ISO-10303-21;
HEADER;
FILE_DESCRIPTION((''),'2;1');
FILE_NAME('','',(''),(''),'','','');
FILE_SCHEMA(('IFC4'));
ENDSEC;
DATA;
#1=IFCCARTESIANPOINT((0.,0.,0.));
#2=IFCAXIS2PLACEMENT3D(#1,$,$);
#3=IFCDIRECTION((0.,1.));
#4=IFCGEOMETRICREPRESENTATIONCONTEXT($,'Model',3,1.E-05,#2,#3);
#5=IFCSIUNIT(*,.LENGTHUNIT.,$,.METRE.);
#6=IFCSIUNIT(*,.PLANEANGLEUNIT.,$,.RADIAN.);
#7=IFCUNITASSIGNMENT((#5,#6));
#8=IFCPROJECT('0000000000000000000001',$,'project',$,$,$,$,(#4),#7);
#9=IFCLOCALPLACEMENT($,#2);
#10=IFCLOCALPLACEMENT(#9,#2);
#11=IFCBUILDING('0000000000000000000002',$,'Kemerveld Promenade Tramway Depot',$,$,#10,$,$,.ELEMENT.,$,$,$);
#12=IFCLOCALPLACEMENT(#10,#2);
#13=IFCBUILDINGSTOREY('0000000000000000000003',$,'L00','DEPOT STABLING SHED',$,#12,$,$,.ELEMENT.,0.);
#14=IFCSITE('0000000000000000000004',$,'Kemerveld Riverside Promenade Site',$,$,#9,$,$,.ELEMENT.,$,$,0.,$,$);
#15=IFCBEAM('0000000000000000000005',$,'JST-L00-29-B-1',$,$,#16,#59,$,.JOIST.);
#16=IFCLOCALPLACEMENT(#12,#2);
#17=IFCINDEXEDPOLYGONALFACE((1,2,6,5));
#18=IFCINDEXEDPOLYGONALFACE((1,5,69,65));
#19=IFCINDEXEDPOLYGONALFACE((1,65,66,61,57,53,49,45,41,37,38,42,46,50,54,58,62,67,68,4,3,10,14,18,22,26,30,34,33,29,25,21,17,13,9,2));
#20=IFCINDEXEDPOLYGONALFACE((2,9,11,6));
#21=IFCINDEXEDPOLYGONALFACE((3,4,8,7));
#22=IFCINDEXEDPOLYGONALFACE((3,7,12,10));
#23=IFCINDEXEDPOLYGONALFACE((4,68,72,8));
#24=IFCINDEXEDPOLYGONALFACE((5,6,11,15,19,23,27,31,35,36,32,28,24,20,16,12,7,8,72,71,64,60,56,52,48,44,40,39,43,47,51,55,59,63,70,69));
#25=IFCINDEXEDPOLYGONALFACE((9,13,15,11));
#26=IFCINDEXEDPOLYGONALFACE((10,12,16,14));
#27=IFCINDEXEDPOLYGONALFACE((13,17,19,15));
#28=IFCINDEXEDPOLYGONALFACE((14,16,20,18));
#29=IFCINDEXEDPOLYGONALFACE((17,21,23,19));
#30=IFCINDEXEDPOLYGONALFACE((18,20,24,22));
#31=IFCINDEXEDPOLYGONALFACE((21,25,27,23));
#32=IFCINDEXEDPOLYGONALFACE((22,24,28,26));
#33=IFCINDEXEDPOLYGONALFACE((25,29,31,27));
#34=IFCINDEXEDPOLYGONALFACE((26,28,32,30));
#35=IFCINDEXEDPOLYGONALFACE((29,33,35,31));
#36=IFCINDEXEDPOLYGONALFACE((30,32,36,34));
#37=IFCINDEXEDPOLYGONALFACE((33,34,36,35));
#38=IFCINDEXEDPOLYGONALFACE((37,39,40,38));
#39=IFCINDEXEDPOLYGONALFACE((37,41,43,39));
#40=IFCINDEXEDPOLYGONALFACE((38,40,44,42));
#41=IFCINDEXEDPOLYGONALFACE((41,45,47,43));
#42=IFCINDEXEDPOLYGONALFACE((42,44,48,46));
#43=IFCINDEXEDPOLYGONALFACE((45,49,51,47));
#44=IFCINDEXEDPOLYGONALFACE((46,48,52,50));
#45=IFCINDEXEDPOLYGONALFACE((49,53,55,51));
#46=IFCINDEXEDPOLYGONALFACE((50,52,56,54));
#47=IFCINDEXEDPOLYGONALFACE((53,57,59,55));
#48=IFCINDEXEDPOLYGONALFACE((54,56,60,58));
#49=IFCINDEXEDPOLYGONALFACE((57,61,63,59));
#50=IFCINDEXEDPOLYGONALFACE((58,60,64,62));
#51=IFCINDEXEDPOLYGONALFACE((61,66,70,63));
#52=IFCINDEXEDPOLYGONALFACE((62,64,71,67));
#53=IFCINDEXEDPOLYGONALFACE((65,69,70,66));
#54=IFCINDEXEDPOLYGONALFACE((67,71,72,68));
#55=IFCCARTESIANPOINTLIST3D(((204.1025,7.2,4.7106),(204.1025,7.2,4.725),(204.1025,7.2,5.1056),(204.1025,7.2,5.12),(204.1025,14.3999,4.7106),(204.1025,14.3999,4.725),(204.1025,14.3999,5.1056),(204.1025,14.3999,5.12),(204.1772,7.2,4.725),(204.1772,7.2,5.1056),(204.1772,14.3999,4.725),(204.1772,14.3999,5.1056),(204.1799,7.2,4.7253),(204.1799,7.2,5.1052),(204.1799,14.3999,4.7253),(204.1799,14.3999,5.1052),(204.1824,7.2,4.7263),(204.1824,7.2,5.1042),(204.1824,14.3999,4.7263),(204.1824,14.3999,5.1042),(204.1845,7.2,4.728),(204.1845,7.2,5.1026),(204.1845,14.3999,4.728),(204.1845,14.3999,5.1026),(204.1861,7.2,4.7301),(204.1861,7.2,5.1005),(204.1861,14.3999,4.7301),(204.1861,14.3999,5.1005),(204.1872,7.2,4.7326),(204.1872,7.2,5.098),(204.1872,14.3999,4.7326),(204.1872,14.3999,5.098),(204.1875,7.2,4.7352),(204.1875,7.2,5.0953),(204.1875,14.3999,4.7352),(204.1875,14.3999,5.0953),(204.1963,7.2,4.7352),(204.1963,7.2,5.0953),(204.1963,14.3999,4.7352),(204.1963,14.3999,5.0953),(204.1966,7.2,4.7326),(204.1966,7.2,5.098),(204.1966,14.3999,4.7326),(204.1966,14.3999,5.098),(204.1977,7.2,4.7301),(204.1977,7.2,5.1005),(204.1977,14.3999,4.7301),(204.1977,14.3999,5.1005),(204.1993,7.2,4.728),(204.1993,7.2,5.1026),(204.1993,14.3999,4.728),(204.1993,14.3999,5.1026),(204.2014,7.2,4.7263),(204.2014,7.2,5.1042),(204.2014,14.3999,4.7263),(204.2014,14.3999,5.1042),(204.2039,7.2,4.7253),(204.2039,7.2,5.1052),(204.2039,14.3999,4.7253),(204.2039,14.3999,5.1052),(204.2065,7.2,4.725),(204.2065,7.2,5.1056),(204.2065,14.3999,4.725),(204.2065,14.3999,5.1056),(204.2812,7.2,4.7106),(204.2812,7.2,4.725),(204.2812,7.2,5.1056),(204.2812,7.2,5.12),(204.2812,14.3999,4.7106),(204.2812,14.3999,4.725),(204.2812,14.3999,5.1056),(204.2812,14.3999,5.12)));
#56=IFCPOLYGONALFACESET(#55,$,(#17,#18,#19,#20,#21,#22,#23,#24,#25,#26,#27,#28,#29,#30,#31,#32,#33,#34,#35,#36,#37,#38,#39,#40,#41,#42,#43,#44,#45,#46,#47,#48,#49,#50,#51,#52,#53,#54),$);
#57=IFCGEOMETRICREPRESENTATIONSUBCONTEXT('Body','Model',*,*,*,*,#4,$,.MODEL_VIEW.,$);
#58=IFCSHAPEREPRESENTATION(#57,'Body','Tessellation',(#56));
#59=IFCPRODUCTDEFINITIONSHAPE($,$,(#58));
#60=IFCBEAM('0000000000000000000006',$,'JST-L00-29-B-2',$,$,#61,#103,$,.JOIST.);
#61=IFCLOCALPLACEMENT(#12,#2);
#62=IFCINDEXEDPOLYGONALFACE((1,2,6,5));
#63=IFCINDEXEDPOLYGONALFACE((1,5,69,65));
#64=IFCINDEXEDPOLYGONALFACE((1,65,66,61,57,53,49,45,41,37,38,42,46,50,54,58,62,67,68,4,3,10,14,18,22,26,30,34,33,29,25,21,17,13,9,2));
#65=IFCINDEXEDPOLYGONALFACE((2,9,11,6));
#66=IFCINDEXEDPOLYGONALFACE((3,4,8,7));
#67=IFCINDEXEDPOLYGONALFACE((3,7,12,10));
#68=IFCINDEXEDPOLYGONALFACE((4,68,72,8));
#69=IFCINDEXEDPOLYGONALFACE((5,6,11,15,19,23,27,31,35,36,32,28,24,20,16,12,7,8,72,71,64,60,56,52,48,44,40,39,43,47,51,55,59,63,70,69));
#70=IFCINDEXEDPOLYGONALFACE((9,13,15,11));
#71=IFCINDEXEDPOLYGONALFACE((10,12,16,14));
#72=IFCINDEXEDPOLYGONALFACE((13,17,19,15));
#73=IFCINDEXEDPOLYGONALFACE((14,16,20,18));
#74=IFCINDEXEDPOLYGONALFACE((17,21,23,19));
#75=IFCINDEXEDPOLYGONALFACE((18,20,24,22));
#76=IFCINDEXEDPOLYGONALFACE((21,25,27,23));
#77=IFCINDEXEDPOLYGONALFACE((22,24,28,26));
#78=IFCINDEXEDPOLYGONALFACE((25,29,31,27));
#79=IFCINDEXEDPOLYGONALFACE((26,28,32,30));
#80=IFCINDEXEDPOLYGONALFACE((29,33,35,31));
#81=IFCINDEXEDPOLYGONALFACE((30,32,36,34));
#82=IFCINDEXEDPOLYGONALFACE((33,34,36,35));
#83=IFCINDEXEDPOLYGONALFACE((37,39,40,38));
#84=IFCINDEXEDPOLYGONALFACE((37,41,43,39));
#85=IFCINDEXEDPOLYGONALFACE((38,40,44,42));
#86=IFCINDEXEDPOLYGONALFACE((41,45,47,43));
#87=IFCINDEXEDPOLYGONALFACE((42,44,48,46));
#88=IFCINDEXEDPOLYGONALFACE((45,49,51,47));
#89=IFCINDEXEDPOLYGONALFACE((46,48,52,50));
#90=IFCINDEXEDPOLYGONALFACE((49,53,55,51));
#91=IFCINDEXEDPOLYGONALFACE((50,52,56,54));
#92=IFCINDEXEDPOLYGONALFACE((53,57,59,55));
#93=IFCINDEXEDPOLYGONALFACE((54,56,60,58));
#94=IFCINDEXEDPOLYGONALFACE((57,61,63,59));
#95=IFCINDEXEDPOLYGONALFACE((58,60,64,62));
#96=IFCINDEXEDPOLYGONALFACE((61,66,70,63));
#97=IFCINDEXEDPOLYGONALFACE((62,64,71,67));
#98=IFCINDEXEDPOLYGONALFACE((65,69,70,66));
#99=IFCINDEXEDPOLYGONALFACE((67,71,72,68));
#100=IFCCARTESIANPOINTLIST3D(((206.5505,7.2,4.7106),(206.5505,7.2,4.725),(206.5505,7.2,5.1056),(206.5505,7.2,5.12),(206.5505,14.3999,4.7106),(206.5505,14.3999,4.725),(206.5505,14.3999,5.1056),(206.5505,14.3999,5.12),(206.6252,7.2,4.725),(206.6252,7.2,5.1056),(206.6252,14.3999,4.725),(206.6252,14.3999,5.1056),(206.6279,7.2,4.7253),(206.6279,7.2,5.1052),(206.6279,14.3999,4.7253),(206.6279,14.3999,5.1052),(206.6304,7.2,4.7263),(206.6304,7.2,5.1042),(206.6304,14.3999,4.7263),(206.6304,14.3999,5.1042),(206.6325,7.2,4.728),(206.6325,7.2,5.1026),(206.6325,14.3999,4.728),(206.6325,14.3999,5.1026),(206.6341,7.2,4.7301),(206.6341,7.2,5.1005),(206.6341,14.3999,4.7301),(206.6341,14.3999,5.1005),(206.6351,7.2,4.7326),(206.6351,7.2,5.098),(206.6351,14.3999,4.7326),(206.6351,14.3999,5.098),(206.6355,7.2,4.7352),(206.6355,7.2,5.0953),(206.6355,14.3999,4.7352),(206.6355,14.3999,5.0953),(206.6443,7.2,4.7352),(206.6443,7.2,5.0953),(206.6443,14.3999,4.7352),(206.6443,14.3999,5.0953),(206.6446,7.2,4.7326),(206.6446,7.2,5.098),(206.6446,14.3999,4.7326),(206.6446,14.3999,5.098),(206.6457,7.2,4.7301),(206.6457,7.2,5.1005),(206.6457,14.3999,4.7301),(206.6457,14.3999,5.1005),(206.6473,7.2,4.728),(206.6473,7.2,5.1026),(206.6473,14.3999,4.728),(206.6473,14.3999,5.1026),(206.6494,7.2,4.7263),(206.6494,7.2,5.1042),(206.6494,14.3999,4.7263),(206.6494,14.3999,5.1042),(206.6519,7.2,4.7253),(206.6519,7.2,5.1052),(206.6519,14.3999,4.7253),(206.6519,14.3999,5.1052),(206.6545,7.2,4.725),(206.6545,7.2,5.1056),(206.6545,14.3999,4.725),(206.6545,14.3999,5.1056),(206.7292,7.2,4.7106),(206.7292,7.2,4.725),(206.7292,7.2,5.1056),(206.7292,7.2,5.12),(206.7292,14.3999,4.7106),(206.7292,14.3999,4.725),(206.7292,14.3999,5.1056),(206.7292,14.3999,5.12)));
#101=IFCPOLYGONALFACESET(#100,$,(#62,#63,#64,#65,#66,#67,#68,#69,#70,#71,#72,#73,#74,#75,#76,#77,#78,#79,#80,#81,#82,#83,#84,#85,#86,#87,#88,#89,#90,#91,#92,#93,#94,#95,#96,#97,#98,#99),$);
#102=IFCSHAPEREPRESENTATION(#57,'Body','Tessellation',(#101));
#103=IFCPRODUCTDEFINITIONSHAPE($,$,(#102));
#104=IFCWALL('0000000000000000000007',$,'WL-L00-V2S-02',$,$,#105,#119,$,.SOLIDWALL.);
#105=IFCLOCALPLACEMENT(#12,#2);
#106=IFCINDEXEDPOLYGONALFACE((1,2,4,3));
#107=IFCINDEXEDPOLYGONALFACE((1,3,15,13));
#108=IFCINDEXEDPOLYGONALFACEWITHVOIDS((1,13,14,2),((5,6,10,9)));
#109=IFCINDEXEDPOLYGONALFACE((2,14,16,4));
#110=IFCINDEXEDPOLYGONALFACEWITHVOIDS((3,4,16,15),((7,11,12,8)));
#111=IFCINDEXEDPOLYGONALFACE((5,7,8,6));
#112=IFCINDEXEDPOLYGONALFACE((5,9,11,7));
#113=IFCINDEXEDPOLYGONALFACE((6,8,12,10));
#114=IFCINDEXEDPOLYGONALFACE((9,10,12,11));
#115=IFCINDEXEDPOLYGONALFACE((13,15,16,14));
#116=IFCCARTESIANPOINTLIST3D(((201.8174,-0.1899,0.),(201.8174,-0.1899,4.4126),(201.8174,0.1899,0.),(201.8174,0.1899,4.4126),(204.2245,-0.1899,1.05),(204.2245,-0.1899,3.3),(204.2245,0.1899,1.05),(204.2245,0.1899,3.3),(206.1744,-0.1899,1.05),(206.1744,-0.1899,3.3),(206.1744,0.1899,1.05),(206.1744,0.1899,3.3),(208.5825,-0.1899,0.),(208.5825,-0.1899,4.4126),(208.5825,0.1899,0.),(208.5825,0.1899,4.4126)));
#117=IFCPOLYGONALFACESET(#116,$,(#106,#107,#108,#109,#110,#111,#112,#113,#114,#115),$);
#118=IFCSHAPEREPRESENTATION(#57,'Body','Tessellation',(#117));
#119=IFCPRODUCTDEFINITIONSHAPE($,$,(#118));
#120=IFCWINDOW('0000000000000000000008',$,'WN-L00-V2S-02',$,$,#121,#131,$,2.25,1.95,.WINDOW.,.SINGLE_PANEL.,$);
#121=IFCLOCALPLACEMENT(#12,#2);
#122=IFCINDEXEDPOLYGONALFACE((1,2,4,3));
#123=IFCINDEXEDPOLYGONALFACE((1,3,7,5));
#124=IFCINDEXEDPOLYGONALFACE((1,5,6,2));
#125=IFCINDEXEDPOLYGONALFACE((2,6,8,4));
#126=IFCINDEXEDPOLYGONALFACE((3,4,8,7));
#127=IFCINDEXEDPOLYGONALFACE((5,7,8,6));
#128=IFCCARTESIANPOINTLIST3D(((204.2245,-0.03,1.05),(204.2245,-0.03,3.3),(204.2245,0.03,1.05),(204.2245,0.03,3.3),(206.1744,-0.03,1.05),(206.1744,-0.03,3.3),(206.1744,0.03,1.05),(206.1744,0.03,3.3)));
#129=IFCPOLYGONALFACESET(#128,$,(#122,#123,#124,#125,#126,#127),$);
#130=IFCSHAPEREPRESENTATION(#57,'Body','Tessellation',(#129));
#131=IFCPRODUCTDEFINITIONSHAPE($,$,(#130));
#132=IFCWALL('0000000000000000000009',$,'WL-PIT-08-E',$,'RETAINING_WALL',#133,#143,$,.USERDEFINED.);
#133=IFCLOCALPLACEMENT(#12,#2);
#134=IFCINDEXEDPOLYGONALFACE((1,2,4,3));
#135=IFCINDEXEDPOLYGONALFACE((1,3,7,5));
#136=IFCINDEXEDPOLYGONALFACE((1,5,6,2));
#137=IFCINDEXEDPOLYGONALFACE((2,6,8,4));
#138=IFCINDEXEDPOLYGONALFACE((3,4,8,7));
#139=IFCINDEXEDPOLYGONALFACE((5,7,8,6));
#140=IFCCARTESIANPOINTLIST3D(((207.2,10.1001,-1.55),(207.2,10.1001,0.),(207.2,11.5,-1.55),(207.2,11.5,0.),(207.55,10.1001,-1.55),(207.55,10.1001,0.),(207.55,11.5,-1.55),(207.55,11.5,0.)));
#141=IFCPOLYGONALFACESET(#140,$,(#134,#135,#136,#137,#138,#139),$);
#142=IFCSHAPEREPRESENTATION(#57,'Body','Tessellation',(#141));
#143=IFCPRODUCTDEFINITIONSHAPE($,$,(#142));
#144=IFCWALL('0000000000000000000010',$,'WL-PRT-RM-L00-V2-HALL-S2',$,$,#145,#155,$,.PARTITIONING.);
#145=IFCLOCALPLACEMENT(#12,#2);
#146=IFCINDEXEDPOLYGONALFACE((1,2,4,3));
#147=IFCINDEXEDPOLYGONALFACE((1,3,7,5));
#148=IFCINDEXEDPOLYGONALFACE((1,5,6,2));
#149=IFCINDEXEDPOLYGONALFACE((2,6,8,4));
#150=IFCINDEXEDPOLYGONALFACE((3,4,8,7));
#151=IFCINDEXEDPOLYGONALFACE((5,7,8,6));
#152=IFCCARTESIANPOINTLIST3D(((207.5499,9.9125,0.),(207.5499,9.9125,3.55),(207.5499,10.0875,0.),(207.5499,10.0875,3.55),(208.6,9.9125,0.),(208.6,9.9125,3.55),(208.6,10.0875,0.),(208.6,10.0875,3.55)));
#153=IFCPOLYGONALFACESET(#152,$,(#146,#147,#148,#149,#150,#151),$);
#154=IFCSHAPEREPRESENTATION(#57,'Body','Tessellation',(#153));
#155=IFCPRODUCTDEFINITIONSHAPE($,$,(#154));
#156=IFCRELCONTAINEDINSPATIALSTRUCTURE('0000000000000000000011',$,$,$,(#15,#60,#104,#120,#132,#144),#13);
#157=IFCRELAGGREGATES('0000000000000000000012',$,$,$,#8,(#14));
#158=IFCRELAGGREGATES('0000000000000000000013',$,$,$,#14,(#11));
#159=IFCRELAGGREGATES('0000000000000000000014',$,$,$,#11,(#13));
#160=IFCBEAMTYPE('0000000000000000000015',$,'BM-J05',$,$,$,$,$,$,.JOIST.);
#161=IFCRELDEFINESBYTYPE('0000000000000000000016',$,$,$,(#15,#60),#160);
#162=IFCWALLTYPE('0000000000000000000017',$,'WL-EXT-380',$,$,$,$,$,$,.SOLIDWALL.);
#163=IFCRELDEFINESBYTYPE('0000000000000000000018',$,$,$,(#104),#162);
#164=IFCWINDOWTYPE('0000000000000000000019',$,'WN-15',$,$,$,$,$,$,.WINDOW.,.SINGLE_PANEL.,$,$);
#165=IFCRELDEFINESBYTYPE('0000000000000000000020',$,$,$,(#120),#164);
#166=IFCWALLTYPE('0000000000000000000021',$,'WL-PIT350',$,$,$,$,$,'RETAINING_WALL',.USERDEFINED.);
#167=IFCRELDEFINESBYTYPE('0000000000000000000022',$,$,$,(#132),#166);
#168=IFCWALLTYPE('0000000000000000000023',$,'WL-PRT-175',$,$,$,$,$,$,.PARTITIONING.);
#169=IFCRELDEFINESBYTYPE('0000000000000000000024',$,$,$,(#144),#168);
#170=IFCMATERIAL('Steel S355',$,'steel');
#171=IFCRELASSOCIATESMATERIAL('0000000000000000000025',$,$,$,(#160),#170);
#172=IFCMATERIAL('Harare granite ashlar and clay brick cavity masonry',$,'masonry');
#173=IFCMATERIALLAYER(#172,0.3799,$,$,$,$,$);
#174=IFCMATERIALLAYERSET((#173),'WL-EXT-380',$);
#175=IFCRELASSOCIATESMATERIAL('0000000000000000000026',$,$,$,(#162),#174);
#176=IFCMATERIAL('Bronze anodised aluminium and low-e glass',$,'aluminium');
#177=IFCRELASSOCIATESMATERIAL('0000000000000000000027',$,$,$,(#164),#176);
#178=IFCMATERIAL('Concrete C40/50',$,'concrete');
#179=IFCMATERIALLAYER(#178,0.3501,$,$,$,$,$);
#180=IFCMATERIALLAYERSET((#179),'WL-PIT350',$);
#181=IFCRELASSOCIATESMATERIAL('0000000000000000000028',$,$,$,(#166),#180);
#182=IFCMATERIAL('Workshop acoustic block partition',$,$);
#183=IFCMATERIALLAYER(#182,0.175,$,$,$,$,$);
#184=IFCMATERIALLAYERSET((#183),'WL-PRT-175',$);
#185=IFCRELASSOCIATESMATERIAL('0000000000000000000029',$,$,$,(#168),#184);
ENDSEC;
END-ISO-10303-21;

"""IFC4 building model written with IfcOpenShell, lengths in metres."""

from ifc_helpers import new_model, si_unit, direction, frame, frame_2d, origin, origin_2d, place, context, subcontext, project, spatial, rectangle, i_section, extrude, material, layer, layer_set, material_profile, profile_set, type_object, element, fill, save


model = new_model("IFC4")

# Units and contexts
model_context = context("Model", 3, precision=1e-05, world=origin(), true_north=direction((0.0, 1.0)))
body_context = subcontext(model_context, "Body", "Model", "MODEL_VIEW")
ifc_project = project(units=[si_unit("LENGTHUNIT", "METRE"), si_unit("PLANEANGLEUNIT", "RADIAN")], contexts=[model_context])

# Site, building, storey
site_placement = place(None, origin())
site = spatial("IfcSite", under=ifc_project, at=site_placement, Name="Kemerveld Riverside Promenade Site", CompositionType="ELEMENT", RefElevation=0.0)
building_placement = place(site_placement, origin())
building = spatial("IfcBuilding", under=site, at=building_placement, Name="Kemerveld Promenade Tramway Depot", CompositionType="ELEMENT")
storey_placement = place(building_placement, origin())
storey = spatial("IfcBuildingStorey", under=building, at=storey_placement, Name="L00", Description="DEPOT STABLING SHED", CompositionType="ELEMENT", Elevation=0.0)

# Beams
ifc_material_1 = material(Name="Steel S355", Category="steel")
ifc_material_profile_1 = material_profile(ifc_material_1, i_section(OverallWidth=0.1787, OverallDepth=0.4094, WebThickness=0.0088, FlangeThickness=0.0144, FilletRadius=0.0103, at=origin_2d()), Name="406x178x67 UB")
ifc_profile_set_1 = profile_set([ifc_material_profile_1], Name="Steel S355")
beam_type_1 = type_object("IfcBeamType", Name="BM-J05", PredefinedType="JOIST", material=ifc_profile_set_1)
for number, where, z_axis, x_axis, name in (
    (1, (204.1919, 7.2, 4.9153), (0.0, 1.0, 0.0), (-1.0, 0.0, 0.0), "JST-L00-29-B-1"),
    (2, (206.6399, 7.2, 4.9153), (0.0, 1.0, 0.0), (-1.0, 0.0, 0.0), "JST-L00-29-B-2"),
):
    element("IfcBeam", number, at=place(storey_placement, frame(where, z_axis=z_axis, x_axis=x_axis)), inside=storey, type_object=beam_type_1, Name=name, PredefinedType="JOIST", context=body_context, shape_type="SweptSolid", body=[
        extrude(i_section(OverallWidth=0.1787, OverallDepth=0.4094, WebThickness=0.0088, FlangeThickness=0.0144, FilletRadius=0.0103, at=origin_2d()), origin(), (0.0, 0.0, 1.0), 7.2),
    ])

# Wall, opening, window
ifc_material_2 = material(Name="Harare granite ashlar and clay brick cavity masonry", Category="masonry")
ifc_layer_1 = layer(ifc_material_2, 0.3799)
ifc_layer_set_1 = layer_set([ifc_layer_1], Name="WL-EXT-380")
wall_type_1 = type_object("IfcWallType", Name="WL-EXT-380", PredefinedType="SOLIDWALL", material=ifc_layer_set_1)
wall_1_placement = place(storey_placement, frame((208.5825, 0.0, 0.0), z_axis=(0.0, 0.0, 1.0), x_axis=(-1.0, 0.0, 0.0)))
wall_1 = element("IfcWall", 3, at=wall_1_placement, inside=storey, type_object=wall_type_1, Name="WL-L00-V2S-02", PredefinedType="SOLIDWALL", context=body_context, shape_type="SweptSolid", body=[
    extrude(rectangle(XDim=6.7651, YDim=0.3799, at=frame_2d((3.3826, 0.0))), origin(), (0.0, 0.0, 1.0), 4.4126),
])
opening_1_placement = place(wall_1_placement, frame((2.408, 0.0, 1.05)))
opening_1 = element("IfcOpeningElement", 4, at=opening_1_placement, cuts=wall_1, PredefinedType="OPENING", context=body_context, shape_type="SweptSolid", body=[
    extrude(rectangle(XDim=1.95, YDim=2.25, at=frame_2d((0.9751, 1.125))), frame((0.0, 0.2, 0.0), z_axis=(0.0, -1.0, 0.0), x_axis=(1.0, 0.0, 0.0)), (0.0, 0.0, 1.0), 0.3999),
])
ifc_material_3 = material(Name="Bronze anodised aluminium and low-e glass", Category="aluminium")
window_type = type_object("IfcWindowType", Name="WN-15", PartitioningType="SINGLE_PANEL", PredefinedType="WINDOW", material=ifc_material_3)
window_placement = place(opening_1_placement, origin())
window = element("IfcWindow", 5, at=window_placement, inside=storey, type_object=window_type, Name="WN-L00-V2S-02", OverallHeight=2.25, OverallWidth=1.95, PartitioningType="SINGLE_PANEL", PredefinedType="WINDOW", context=body_context, shape_type="SweptSolid", body=[
    extrude(rectangle(XDim=1.95, YDim=2.25, at=frame_2d((0.9751, 1.125))), frame((0.0, 0.03, 0.0), z_axis=(0.0, -1.0, 0.0), x_axis=(1.0, 0.0, 0.0)), (0.0, 0.0, 1.0), 0.0601),
])
fill(opening_1, window)

# Walls
ifc_material_4 = material(Name="Concrete C40/50", Category="concrete")
ifc_layer_2 = layer(ifc_material_4, 0.3501)
ifc_layer_set_2 = layer_set([ifc_layer_2], Name="WL-PIT350")
wall_type_2 = type_object("IfcWallType", Name="WL-PIT350", ElementType="RETAINING_WALL", PredefinedType="USERDEFINED", material=ifc_layer_set_2)
wall_2_placement = place(storey_placement, frame((207.375, 10.1001, -1.55), z_axis=(0.0, 0.0, 1.0), x_axis=(0.0, 1.0, 0.0)))
element("IfcWall", 6, at=wall_2_placement, inside=storey, type_object=wall_type_2, Name="WL-PIT-08-E", ObjectType="RETAINING_WALL", PredefinedType="USERDEFINED", context=body_context, shape_type="SweptSolid", body=[
    extrude(rectangle(XDim=1.3999, YDim=0.3501, at=frame_2d((0.7, 0.0))), origin(), (0.0, 0.0, 1.0), 1.55),
])
ifc_material_5 = material(Name="Workshop acoustic block partition")
ifc_layer_3 = layer(ifc_material_5, 0.175)
ifc_layer_set_3 = layer_set([ifc_layer_3], Name="WL-PRT-175")
wall_type_3 = type_object("IfcWallType", Name="WL-PRT-175", PredefinedType="PARTITIONING", material=ifc_layer_set_3)
wall_3_placement = place(storey_placement, frame((207.55, 10.0, 0.0), z_axis=(0.0, 0.0, 1.0), x_axis=(1.0, 0.0, 0.0)))
element("IfcWall", 7, at=wall_3_placement, inside=storey, type_object=wall_type_3, Name="WL-PRT-RM-L00-V2-HALL-S2", PredefinedType="PARTITIONING", context=body_context, shape_type="SweptSolid", body=[
    extrude(rectangle(XDim=1.05, YDim=0.175, at=frame_2d((0.5249, 0.0))), origin(), (0.0, 0.0, 1.0), 3.55),
])

save(model, "model.ifc")
